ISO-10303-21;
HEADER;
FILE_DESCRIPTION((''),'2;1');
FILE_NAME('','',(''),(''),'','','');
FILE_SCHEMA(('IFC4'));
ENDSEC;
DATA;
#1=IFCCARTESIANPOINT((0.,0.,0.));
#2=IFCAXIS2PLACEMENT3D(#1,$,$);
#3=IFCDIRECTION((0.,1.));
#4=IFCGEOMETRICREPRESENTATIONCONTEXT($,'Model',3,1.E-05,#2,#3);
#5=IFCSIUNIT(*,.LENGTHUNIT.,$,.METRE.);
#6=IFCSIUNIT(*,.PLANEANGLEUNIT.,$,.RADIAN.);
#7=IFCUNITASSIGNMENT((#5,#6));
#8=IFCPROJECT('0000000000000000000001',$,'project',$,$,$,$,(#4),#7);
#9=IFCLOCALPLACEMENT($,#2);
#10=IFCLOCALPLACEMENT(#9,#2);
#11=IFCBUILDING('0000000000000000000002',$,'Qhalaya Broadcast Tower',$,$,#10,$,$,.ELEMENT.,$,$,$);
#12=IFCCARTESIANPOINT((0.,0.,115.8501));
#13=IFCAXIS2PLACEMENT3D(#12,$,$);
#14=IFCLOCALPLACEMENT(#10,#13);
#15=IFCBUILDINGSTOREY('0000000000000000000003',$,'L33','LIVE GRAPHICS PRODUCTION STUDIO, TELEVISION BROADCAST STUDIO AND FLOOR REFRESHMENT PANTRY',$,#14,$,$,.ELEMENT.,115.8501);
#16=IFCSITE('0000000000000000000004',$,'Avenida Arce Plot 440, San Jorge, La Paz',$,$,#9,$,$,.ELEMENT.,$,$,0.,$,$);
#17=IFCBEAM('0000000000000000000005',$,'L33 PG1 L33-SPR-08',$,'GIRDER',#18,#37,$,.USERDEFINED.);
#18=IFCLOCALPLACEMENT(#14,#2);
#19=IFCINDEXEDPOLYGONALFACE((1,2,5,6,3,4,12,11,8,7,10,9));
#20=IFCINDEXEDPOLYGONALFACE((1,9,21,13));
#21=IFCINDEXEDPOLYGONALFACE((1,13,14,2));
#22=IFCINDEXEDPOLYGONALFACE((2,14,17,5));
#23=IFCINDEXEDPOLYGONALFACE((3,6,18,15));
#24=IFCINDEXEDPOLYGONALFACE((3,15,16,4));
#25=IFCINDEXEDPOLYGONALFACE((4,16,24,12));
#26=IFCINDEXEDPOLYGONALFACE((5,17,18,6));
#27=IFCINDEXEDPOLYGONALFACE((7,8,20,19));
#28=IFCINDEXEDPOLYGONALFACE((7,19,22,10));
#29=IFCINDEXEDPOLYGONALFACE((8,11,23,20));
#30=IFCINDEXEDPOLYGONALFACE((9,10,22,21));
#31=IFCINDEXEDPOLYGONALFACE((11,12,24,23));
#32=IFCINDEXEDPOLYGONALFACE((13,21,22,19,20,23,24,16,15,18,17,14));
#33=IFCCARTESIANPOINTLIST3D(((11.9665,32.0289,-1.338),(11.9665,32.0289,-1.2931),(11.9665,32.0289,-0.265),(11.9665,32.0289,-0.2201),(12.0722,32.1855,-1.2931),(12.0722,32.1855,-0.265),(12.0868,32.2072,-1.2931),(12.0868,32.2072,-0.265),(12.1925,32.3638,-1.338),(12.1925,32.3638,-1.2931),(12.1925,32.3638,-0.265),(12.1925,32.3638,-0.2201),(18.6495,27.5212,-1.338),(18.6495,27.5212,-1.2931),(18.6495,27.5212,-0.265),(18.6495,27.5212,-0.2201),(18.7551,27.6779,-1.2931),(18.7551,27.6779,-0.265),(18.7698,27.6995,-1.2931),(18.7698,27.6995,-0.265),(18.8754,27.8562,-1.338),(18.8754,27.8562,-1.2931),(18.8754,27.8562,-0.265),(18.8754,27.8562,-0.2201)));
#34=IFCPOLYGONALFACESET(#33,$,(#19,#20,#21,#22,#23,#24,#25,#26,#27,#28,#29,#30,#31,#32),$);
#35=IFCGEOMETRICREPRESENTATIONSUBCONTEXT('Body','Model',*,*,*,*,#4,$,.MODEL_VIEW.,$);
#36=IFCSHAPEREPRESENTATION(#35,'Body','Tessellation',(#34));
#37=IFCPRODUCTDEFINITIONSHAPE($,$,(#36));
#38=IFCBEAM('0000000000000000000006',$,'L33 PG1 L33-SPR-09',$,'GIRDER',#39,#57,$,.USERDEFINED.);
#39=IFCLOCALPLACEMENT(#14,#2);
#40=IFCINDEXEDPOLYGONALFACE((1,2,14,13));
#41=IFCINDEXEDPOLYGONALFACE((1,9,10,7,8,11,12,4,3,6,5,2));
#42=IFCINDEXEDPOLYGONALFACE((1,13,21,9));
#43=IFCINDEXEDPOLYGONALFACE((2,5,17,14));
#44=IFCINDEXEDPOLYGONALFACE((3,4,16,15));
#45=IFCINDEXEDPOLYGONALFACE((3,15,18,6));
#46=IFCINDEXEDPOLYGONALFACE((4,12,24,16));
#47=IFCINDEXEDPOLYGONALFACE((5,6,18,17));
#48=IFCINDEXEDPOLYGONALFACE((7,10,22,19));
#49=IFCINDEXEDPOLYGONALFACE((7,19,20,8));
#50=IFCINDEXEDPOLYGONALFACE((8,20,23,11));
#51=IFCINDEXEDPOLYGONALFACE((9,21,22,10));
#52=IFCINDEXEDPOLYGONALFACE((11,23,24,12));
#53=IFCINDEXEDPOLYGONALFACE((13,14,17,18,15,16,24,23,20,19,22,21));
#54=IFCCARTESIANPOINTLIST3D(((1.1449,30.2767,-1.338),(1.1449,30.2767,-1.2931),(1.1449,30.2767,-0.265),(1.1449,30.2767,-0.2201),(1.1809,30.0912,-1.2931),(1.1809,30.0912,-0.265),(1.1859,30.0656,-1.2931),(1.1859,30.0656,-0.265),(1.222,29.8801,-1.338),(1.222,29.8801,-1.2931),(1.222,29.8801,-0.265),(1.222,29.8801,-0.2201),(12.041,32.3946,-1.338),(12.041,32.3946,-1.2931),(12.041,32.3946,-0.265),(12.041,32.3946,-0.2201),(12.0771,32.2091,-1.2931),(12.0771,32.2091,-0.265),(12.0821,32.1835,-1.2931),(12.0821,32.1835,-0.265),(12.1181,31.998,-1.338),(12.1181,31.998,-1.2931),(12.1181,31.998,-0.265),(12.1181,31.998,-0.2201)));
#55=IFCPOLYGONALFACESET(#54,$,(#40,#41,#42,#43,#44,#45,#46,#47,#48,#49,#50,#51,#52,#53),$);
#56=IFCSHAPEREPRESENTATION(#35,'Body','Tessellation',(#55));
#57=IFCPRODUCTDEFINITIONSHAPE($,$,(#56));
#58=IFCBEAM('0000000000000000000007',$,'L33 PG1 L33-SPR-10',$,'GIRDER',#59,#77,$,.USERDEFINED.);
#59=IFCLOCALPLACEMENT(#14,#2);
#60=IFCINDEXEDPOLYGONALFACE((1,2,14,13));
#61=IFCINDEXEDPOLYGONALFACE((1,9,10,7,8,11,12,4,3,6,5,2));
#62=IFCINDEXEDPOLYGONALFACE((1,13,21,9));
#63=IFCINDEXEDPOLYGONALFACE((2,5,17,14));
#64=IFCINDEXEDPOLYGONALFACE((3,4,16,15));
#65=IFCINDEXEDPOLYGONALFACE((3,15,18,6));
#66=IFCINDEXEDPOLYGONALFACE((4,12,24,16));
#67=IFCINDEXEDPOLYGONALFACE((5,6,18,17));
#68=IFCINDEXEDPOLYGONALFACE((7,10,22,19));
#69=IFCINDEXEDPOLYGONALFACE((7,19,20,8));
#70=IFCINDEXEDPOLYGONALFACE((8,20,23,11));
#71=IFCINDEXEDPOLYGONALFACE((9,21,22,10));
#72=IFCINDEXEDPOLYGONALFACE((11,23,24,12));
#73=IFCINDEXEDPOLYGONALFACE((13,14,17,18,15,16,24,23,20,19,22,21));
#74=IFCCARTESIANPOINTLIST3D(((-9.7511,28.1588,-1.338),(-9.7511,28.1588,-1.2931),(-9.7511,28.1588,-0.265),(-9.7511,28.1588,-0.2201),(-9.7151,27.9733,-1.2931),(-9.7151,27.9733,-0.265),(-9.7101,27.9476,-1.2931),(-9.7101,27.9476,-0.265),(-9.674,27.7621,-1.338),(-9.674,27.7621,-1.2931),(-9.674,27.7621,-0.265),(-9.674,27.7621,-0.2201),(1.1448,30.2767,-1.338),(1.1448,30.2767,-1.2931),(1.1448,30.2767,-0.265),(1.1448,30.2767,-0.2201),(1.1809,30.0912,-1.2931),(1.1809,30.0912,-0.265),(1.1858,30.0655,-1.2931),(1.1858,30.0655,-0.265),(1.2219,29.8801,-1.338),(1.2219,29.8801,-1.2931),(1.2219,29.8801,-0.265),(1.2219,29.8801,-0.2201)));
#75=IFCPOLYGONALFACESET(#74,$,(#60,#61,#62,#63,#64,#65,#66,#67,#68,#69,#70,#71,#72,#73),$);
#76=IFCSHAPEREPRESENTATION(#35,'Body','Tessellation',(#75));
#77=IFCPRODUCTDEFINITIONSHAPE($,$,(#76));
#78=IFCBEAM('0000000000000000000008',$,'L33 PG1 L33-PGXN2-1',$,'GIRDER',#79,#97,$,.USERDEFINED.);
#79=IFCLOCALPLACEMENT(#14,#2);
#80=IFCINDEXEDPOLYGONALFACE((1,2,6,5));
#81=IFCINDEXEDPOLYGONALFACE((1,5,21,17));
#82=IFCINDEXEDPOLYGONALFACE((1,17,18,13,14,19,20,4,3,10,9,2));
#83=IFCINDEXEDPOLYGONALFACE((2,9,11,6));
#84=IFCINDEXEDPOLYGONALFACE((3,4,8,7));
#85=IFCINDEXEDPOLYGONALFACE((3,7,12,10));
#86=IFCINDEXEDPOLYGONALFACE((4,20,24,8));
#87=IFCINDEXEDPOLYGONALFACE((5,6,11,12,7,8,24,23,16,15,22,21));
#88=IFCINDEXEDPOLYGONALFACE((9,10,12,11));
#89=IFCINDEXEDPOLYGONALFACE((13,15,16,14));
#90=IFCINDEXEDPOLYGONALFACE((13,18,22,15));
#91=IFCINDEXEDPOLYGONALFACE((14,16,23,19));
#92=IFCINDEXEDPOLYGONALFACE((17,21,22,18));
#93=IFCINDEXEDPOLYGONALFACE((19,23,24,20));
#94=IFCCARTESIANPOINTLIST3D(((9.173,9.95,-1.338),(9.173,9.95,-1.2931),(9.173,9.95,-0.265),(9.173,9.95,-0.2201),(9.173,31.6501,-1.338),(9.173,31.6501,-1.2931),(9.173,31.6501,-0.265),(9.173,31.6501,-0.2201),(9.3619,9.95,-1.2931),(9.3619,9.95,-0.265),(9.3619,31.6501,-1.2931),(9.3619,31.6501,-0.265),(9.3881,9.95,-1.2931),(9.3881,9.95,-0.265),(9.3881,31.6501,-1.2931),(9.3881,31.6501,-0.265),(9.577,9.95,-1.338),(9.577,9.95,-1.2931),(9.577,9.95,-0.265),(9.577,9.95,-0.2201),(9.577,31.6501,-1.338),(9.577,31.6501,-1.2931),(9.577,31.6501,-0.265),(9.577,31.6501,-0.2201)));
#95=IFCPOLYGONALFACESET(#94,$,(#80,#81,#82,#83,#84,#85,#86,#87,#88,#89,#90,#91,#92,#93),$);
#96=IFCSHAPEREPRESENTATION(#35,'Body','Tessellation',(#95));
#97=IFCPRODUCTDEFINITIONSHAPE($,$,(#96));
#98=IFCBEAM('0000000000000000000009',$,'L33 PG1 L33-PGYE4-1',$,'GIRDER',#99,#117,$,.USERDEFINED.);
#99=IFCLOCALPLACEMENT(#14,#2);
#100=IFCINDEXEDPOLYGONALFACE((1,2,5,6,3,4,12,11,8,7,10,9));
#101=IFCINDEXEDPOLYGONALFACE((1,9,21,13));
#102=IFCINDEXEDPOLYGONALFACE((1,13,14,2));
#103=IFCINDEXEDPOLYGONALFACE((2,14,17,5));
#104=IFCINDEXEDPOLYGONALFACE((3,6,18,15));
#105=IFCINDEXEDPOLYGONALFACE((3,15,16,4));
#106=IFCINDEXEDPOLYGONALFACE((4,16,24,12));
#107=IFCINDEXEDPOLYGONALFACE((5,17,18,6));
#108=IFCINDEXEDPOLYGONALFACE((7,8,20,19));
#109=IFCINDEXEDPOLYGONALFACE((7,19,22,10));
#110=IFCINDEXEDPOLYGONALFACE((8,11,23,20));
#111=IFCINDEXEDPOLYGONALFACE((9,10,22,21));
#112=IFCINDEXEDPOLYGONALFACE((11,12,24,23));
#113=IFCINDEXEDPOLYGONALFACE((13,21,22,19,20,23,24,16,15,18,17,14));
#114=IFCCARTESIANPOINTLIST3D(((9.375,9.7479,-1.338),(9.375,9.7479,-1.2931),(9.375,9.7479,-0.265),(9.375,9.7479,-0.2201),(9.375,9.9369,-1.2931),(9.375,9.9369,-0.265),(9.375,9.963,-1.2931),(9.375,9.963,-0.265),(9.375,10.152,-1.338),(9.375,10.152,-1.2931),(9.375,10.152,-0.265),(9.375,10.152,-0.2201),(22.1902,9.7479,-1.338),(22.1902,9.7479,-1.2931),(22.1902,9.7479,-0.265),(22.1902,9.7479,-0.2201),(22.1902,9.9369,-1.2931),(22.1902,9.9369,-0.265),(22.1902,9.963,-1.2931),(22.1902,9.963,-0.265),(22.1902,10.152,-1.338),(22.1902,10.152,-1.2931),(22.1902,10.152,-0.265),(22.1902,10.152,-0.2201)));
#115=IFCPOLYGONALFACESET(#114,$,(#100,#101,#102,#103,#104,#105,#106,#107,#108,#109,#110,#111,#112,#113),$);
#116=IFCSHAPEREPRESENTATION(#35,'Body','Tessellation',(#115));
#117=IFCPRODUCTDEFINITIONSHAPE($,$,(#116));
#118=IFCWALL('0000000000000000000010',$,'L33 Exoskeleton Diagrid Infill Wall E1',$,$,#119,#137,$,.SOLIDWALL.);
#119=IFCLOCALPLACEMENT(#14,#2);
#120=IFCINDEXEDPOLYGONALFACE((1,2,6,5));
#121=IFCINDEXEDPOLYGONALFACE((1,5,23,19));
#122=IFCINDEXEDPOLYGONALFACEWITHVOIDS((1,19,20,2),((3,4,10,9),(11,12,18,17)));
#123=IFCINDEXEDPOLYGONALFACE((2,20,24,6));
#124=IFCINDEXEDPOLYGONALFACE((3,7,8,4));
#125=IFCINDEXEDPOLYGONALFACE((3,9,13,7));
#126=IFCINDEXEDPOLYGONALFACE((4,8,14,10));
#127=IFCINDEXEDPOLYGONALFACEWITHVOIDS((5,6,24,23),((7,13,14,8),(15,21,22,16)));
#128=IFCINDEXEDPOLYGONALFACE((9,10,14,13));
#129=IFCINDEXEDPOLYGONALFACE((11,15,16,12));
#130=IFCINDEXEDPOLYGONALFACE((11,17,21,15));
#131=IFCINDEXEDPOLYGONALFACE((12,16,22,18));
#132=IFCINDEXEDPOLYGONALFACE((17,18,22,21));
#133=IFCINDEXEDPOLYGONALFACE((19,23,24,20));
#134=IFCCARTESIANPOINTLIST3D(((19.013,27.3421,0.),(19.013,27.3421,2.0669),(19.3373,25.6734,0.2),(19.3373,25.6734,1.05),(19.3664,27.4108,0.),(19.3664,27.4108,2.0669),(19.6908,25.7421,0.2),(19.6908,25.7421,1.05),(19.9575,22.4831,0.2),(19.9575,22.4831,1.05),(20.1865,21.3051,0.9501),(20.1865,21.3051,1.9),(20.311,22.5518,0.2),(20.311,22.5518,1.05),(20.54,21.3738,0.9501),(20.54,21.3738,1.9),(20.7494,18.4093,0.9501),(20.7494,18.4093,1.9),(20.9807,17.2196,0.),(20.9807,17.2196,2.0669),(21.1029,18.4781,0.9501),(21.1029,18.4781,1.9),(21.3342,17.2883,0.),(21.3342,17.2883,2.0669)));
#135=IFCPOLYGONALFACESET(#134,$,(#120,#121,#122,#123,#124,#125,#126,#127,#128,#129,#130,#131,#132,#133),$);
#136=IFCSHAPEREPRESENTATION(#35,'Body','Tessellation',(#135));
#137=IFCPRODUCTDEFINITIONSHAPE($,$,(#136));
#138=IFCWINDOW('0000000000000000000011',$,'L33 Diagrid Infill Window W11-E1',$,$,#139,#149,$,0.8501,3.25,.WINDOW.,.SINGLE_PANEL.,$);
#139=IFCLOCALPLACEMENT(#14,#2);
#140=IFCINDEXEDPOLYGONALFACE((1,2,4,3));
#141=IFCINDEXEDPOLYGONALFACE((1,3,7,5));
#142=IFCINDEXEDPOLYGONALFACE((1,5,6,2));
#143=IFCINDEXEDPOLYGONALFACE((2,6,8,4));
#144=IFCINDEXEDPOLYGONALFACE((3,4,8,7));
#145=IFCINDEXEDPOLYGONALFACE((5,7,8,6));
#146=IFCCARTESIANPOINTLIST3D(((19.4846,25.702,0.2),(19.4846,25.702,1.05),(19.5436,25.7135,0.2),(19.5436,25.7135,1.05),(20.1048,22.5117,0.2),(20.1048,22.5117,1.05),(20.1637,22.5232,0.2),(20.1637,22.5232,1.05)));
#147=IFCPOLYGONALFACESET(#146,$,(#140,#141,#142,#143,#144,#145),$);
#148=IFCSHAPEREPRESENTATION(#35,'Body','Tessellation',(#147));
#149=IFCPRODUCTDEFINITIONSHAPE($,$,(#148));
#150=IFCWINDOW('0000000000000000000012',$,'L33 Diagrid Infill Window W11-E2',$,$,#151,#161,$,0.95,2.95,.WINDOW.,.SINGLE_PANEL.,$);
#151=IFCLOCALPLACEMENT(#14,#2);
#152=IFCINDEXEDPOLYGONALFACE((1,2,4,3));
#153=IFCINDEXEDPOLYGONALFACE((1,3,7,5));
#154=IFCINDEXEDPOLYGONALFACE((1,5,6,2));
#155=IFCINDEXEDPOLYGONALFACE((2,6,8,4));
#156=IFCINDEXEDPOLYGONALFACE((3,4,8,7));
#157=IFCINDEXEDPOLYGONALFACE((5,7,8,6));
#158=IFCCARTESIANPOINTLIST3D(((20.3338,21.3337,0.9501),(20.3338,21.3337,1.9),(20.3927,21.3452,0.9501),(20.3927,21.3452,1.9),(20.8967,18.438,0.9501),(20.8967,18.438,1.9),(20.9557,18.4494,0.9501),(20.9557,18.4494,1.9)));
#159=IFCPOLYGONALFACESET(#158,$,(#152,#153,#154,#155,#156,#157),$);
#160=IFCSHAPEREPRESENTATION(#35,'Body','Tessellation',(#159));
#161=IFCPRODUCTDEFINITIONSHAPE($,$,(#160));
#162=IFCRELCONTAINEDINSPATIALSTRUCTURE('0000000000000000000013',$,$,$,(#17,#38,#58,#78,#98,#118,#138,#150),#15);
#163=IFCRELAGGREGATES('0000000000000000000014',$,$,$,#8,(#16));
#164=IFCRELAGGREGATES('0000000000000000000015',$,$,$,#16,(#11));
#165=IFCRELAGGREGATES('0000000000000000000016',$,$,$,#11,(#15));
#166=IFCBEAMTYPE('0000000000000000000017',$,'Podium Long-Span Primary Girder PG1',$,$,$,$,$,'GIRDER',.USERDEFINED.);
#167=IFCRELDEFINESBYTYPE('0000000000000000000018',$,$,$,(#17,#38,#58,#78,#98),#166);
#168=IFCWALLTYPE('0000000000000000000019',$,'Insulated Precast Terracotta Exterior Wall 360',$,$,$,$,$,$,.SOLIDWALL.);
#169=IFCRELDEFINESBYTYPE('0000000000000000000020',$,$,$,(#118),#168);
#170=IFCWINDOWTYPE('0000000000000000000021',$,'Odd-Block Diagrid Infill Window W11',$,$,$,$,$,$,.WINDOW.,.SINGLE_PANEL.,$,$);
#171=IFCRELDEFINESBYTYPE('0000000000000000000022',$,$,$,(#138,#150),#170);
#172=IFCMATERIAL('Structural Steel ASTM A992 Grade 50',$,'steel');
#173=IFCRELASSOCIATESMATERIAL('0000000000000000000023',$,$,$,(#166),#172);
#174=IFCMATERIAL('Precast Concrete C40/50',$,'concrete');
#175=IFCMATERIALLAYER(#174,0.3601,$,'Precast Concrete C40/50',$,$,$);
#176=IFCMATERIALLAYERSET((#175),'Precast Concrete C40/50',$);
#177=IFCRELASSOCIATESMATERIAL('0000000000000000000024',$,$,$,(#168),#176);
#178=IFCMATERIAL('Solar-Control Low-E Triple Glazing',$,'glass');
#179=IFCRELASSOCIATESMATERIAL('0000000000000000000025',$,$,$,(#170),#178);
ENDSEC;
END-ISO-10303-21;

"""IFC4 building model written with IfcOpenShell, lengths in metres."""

from ifc_helpers import new_model, si_unit, direction, frame, frame_2d, origin, origin_2d, place, context, subcontext, project, spatial, rectangle, i_section, extrude, material, layer, layer_set, material_profile, profile_set, type_object, element, fill, save


model = new_model("IFC4")

# Units and contexts
model_context = context("Model", 3, precision=1e-05, world=origin(), true_north=direction((0.0, 1.0)))
body_context = subcontext(model_context, "Body", "Model", "MODEL_VIEW")
ifc_project = project(units=[si_unit("LENGTHUNIT", "METRE"), si_unit("PLANEANGLEUNIT", "RADIAN")], contexts=[model_context])

# Site, building, storey
site_placement = place(None, origin())
site = spatial("IfcSite", under=ifc_project, at=site_placement, Name="Avenida Arce Plot 440, San Jorge, La Paz", CompositionType="ELEMENT", RefElevation=0.0)
building_placement = place(site_placement, origin())
building = spatial("IfcBuilding", under=site, at=building_placement, Name="Qhalaya Broadcast Tower", CompositionType="ELEMENT")
storey_placement = place(building_placement, frame((0.0, 0.0, 115.8501)))
storey = spatial("IfcBuildingStorey", under=building, at=storey_placement, Name="L33", Description="LIVE GRAPHICS PRODUCTION STUDIO, TELEVISION BROADCAST STUDIO AND FLOOR REFRESHMENT PANTRY", CompositionType="ELEMENT", Elevation=115.8501)

# Beams
ifc_material_1 = material(Name="Structural Steel ASTM A992 Grade 50", Category="steel")
ifc_material_profile_1 = material_profile(ifc_material_1, i_section(OverallWidth=0.4041, OverallDepth=1.1179, WebThickness=0.0261, FlangeThickness=0.0449, at=origin_2d()), Name="W44X335")
ifc_profile_set_1 = profile_set([ifc_material_profile_1], Name="Structural Steel ASTM A992 Grade 50")
beam_type_1 = type_object("IfcBeamType", Name="Podium Long-Span Primary Girder PG1", ElementType="GIRDER", PredefinedType="USERDEFINED", material=ifc_profile_set_1)
beam_1_placement = place(storey_placement, frame((18.7625, 27.6887, -0.7791), z_axis=(-0.829042, 0.559186, 0.0), x_axis=(-0.559186, -0.829042, 0.0)))
element("IfcBeam", 1, at=beam_1_placement, inside=storey, type_object=beam_type_1, Name="L33 PG1 L33-SPR-08", ObjectType="GIRDER", PredefinedType="USERDEFINED", context=body_context, shape_type="SweptSolid", body=[
    extrude(i_section(OverallWidth=0.4041, OverallDepth=1.1179, WebThickness=0.0261, FlangeThickness=0.0449, at=origin_2d()), origin(), (0.0, 0.0, 1.0), 8.061),
])
beam_2_placement = place(storey_placement, frame((12.0796, 32.1963, -0.7791), z_axis=(-0.981629, -0.190801, 0.0), x_axis=(0.190801, -0.981629, 0.0)))
element("IfcBeam", 2, at=beam_2_placement, inside=storey, type_object=beam_type_1, Name="L33 PG1 L33-SPR-09", ObjectType="GIRDER", PredefinedType="USERDEFINED", context=body_context, shape_type="SweptSolid", body=[
    extrude(i_section(OverallWidth=0.4041, OverallDepth=1.1179, WebThickness=0.0261, FlangeThickness=0.0449, at=origin_2d()), origin(), (0.0, 0.0, 1.0), 11.1001),
])
beam_3_placement = place(storey_placement, frame((1.1833, 30.0784, -0.7791), z_axis=(-0.981628, -0.190805, 0.0), x_axis=(0.190805, -0.981628, 0.0)))
element("IfcBeam", 3, at=beam_3_placement, inside=storey, type_object=beam_type_1, Name="L33 PG1 L33-SPR-10", ObjectType="GIRDER", PredefinedType="USERDEFINED", context=body_context, shape_type="SweptSolid", body=[
    extrude(i_section(OverallWidth=0.4041, OverallDepth=1.1179, WebThickness=0.0261, FlangeThickness=0.0449, at=origin_2d()), origin(), (0.0, 0.0, 1.0), 11.0999),
])
beam_4_placement = place(storey_placement, frame((9.375, 9.95, -0.7791), z_axis=(0.0, 1.0, 0.0), x_axis=(-1.0, 0.0, 0.0)))
element("IfcBeam", 4, at=beam_4_placement, inside=storey, type_object=beam_type_1, Name="L33 PG1 L33-PGXN2-1", ObjectType="GIRDER", PredefinedType="USERDEFINED", context=body_context, shape_type="SweptSolid", body=[
    extrude(i_section(OverallWidth=0.4041, OverallDepth=1.1179, WebThickness=0.0261, FlangeThickness=0.0449, at=origin_2d()), origin(), (0.0, 0.0, 1.0), 21.7002),
])
beam_5_placement = place(storey_placement, frame((9.375, 9.95, -0.7791), z_axis=(1.0, 0.0, 0.0), x_axis=(0.0, 1.0, 0.0)))
element("IfcBeam", 5, at=beam_5_placement, inside=storey, type_object=beam_type_1, Name="L33 PG1 L33-PGYE4-1", ObjectType="GIRDER", PredefinedType="USERDEFINED", context=body_context, shape_type="SweptSolid", body=[
    extrude(i_section(OverallWidth=0.4041, OverallDepth=1.1179, WebThickness=0.0261, FlangeThickness=0.0449, at=origin_2d()), origin(), (0.0, 0.0, 1.0), 12.8152),
])

# Wall, openings, windows
ifc_material_2 = material(Name="Precast Concrete C40/50", Category="concrete")
ifc_layer_1 = layer(ifc_material_2, 0.3601, Name="Precast Concrete C40/50")
ifc_layer_set_1 = layer_set([ifc_layer_1], Name="Precast Concrete C40/50")
wall_type_1 = type_object("IfcWallType", Name="Insulated Precast Terracotta Exterior Wall 360", PredefinedType="SOLIDWALL", material=ifc_layer_set_1)
wall_1_placement = place(storey_placement, frame((19.1897, 27.3765, 0.0), z_axis=(0.0, 0.0, 1.0), x_axis=(0.190823, -0.981625, 0.0)))
wall_1 = element("IfcWall", 6, at=wall_1_placement, inside=storey, type_object=wall_type_1, Name="L33 Exoskeleton Diagrid Infill Wall E1", PredefinedType="SOLIDWALL", context=body_context, shape_type="SweptSolid", body=[
    extrude(rectangle(XDim=10.312, YDim=0.3601, at=frame_2d((5.156, 0.0))), origin(), (0.0, 0.0, 1.0), 2.0669),
])
opening_1_placement = place(wall_1_placement, frame((1.7, 0.0, 0.2)))
opening_1 = element("IfcOpeningElement", 7, at=opening_1_placement, cuts=wall_1, PredefinedType="OPENING", context=body_context, shape_type="SweptSolid", body=[
    extrude(rectangle(XDim=3.25, YDim=0.8501, at=frame_2d((1.625, 0.425))), frame((0.0, 0.1921, 0.0), z_axis=(0.0, -1.0, 0.0), x_axis=(1.0, 0.0, 0.0)), (0.0, 0.0, 1.0), 0.384),
])
opening_2_placement = place(wall_1_placement, frame((6.1499, 0.0, 0.95)))
opening_2 = element("IfcOpeningElement", 8, at=opening_2_placement, cuts=wall_1, PredefinedType="OPENING", context=body_context, shape_type="SweptSolid", body=[
    extrude(rectangle(XDim=2.95, YDim=0.95, at=frame_2d((1.4751, 0.4751))), frame((0.0, 0.1921, 0.0), z_axis=(0.0, -1.0, 0.0), x_axis=(1.0, 0.0, 0.0)), (0.0, 0.0, 1.0), 0.384),
])
ifc_material_3 = material(Name="Solar-Control Low-E Triple Glazing", Category="glass")
window_type = type_object("IfcWindowType", Name="Odd-Block Diagrid Infill Window W11", PartitioningType="SINGLE_PANEL", PredefinedType="WINDOW", material=ifc_material_3)
window_1_placement = place(opening_1_placement, origin())
window_1 = element("IfcWindow", 9, at=window_1_placement, inside=storey, type_object=window_type, Name="L33 Diagrid Infill Window W11-E1", OverallHeight=0.8501, OverallWidth=3.25, PartitioningType="SINGLE_PANEL", PredefinedType="WINDOW", context=body_context, shape_type="SweptSolid", body=[
    extrude(rectangle(XDim=3.25, YDim=0.8501, at=frame_2d((1.625, 0.425))), frame((0.0, 0.03, 0.0), z_axis=(0.0, -1.0, 0.0), x_axis=(1.0, 0.0, 0.0)), (0.0, 0.0, 1.0), 0.0601),
])
fill(opening_1, window_1)
window_2_placement = place(opening_2_placement, origin())
window_2 = element("IfcWindow", 10, at=window_2_placement, inside=storey, type_object=window_type, Name="L33 Diagrid Infill Window W11-E2", OverallHeight=0.95, OverallWidth=2.95, PartitioningType="SINGLE_PANEL", PredefinedType="WINDOW", context=body_context, shape_type="SweptSolid", body=[
    extrude(rectangle(XDim=2.95, YDim=0.95, at=frame_2d((1.4751, 0.4751))), frame((0.0, 0.03, 0.0), z_axis=(0.0, -1.0, 0.0), x_axis=(1.0, 0.0, 0.0)), (0.0, 0.0, 1.0), 0.0601),
])
fill(opening_2, window_2)

save(model, "model.ifc")
